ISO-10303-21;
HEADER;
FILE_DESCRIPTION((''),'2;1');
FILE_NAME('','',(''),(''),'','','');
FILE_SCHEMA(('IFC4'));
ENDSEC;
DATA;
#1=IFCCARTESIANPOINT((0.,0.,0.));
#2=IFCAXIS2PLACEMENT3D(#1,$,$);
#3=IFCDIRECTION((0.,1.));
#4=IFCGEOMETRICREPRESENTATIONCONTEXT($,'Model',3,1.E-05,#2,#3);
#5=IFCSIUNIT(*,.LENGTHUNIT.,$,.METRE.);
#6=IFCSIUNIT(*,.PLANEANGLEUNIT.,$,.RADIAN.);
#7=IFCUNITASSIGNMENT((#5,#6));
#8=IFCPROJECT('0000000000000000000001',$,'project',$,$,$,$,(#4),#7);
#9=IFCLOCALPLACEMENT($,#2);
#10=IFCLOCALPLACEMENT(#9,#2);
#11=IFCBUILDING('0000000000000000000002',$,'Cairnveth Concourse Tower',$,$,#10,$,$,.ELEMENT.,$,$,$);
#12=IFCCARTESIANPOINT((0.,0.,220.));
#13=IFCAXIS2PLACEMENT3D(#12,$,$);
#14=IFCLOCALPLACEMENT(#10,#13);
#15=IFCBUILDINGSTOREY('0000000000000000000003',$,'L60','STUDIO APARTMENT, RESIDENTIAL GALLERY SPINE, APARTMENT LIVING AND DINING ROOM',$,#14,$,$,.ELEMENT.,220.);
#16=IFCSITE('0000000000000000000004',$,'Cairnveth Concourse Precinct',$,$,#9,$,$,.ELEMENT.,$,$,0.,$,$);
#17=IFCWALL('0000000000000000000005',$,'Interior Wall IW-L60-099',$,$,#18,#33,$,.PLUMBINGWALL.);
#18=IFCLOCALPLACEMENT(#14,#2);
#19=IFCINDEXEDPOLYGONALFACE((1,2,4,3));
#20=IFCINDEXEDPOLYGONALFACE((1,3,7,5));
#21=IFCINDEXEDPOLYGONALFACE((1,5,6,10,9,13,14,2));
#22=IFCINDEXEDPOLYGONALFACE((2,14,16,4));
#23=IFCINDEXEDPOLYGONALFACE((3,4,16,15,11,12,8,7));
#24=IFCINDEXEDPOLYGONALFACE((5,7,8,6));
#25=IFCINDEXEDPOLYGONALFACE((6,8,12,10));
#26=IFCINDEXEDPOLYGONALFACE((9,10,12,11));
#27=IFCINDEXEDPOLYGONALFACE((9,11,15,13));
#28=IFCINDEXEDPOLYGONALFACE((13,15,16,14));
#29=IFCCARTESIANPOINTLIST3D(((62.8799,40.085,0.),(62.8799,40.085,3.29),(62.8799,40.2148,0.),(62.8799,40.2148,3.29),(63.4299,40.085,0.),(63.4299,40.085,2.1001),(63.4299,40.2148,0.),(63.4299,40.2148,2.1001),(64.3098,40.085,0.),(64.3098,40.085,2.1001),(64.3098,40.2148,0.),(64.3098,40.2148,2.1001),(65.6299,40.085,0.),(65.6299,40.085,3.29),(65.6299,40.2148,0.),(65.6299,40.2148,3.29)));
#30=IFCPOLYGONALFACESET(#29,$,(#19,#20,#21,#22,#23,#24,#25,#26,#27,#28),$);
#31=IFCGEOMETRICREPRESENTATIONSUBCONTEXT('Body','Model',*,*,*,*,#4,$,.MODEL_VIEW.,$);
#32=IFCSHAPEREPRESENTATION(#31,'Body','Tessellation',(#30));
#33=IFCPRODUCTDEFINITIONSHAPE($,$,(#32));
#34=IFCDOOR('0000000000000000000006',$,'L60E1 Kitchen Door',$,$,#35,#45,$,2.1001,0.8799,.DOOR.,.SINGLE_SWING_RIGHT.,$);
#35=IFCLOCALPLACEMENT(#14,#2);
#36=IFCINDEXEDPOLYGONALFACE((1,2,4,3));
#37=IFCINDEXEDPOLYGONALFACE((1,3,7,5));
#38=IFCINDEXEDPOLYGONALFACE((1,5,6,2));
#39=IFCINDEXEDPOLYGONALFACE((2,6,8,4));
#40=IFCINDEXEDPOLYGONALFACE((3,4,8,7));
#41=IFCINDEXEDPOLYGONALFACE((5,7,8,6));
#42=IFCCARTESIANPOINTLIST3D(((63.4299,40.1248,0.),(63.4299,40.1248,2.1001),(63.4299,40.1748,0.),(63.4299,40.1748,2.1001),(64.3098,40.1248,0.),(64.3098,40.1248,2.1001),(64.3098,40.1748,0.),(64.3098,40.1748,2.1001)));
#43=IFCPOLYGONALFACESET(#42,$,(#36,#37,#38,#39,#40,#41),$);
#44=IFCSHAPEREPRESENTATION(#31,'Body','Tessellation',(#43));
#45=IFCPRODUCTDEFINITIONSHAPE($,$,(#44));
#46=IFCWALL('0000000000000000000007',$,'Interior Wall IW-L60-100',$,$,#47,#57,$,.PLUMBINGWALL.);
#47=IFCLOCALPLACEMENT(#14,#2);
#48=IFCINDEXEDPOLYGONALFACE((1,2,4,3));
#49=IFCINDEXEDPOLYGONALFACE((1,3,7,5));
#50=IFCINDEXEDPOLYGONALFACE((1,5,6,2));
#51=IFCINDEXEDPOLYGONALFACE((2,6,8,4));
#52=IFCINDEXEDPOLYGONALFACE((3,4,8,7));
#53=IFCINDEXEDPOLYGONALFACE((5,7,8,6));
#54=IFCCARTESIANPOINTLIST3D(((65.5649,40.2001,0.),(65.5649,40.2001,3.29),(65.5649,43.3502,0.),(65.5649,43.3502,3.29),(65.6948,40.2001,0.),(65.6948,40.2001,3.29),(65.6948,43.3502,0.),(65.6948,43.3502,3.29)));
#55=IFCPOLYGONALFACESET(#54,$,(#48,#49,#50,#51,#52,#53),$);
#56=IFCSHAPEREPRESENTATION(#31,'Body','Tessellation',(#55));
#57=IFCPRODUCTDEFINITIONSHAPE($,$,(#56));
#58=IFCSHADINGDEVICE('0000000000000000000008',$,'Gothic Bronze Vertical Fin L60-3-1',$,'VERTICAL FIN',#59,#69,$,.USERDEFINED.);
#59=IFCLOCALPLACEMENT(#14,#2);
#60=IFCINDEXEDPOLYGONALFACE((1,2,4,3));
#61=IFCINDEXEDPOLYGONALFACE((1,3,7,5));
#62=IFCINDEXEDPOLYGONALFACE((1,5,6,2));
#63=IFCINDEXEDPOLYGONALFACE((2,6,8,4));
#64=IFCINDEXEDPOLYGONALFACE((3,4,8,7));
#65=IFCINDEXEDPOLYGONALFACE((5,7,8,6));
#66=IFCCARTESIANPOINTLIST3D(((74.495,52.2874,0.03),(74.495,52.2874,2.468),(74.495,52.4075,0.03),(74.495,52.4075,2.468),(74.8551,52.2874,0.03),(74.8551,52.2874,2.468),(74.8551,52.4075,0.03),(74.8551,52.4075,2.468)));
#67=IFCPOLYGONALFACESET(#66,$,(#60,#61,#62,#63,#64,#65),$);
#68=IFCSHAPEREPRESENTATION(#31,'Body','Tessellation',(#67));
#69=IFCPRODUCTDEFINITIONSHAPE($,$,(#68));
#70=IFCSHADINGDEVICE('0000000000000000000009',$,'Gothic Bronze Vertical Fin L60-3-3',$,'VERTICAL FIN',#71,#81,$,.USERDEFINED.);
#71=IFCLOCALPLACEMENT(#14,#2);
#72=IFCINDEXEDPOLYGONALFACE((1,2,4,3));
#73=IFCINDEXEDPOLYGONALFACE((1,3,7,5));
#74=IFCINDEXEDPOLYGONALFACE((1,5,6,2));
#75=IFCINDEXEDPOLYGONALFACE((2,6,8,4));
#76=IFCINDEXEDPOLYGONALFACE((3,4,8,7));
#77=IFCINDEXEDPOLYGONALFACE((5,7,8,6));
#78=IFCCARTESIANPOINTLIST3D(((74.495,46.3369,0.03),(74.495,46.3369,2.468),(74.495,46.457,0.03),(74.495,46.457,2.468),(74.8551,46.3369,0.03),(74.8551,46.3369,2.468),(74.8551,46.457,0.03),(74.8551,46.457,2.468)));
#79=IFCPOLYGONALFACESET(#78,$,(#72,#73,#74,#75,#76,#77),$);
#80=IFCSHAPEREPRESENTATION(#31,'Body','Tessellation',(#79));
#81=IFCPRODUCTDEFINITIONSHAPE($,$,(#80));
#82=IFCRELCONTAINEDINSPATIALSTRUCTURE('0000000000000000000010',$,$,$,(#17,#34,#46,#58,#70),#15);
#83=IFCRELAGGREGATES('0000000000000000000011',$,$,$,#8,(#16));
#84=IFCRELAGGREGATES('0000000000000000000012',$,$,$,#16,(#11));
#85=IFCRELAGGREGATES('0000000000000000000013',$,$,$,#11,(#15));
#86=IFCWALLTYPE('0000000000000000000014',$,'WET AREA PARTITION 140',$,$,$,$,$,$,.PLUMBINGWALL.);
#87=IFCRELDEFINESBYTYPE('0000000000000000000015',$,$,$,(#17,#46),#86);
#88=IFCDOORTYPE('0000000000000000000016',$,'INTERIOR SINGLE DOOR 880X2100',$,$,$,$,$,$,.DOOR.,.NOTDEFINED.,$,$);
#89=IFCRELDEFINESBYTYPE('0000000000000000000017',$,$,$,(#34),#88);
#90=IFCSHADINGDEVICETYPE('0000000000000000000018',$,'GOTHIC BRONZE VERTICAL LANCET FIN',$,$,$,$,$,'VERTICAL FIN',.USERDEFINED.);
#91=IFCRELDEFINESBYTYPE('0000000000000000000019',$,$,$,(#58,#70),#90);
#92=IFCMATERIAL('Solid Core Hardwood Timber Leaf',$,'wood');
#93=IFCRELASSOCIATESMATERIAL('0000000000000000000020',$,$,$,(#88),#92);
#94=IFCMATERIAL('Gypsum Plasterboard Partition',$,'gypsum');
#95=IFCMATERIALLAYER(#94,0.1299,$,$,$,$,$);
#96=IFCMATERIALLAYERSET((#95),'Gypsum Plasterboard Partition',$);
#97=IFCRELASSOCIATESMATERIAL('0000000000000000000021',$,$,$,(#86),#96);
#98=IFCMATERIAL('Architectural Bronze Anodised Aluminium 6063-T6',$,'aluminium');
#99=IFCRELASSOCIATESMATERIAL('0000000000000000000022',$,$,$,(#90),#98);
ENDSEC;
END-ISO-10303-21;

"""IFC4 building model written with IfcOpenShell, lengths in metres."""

from ifc_helpers import new_model, si_unit, direction, frame, frame_2d, origin, origin_2d, place, context, subcontext, project, spatial, rectangle, extrude, material, layer, layer_set, type_object, element, fill, save


model = new_model("IFC4")

# Units and contexts
model_context = context("Model", 3, precision=1e-05, world=origin(), true_north=direction((0.0, 1.0)))
body_context = subcontext(model_context, "Body", "Model", "MODEL_VIEW")
ifc_project = project(units=[si_unit("LENGTHUNIT", "METRE"), si_unit("PLANEANGLEUNIT", "RADIAN")], contexts=[model_context])

# Site, building, storey
site_placement = place(None, origin())
site = spatial("IfcSite", under=ifc_project, at=site_placement, Name="Cairnveth Concourse Precinct", CompositionType="ELEMENT", RefElevation=0.0)
building_placement = place(site_placement, origin())
building = spatial("IfcBuilding", under=site, at=building_placement, Name="Cairnveth Concourse Tower", CompositionType="ELEMENT")
storey_placement = place(building_placement, frame((0.0, 0.0, 220.0)))
storey = spatial("IfcBuildingStorey", under=building, at=storey_placement, Name="L60", Description="STUDIO APARTMENT, RESIDENTIAL GALLERY SPINE, APARTMENT LIVING AND DINING ROOM", CompositionType="ELEMENT", Elevation=220.0)

# Shared definitions
ifc_material_1 = material(Name="Gypsum Plasterboard Partition", Category="gypsum")

# Shared definitions
ifc_material_2 = material(Name="Solid Core Hardwood Timber Leaf", Category="wood")
door_type_1 = type_object("IfcDoorType", Name="INTERIOR SINGLE DOOR 880X2100", OperationType="NOTDEFINED", PredefinedType="DOOR", material=ifc_material_2)

# Shared definitions
ifc_layer_1 = layer(ifc_material_1, 0.1299)
ifc_layer_set_1 = layer_set([ifc_layer_1], Name="Gypsum Plasterboard Partition")
wall_type_1 = type_object("IfcWallType", Name="WET AREA PARTITION 140", PredefinedType="PLUMBINGWALL", material=ifc_layer_set_1)

# Wall, opening, door
wall_1_placement = place(storey_placement, frame((62.8799, 40.1499, 0.0), z_axis=(0.0, 0.0, 1.0), x_axis=(1.0, 0.0, 0.0)))
wall_1 = element("IfcWall", 1, at=wall_1_placement, inside=storey, type_object=wall_type_1, Name="Interior Wall IW-L60-099", PredefinedType="PLUMBINGWALL", context=body_context, shape_type="SweptSolid", body=[
    extrude(rectangle(XDim=2.75, YDim=0.1299, at=frame_2d((1.375, 0.0))), origin(), (0.0, 0.0, 1.0), 3.29),
])
opening_1_placement = place(wall_1_placement, frame((0.55, 0.0, 0.0)))
opening_1 = element("IfcOpeningElement", 2, at=opening_1_placement, cuts=wall_1, PredefinedType="OPENING", context=body_context, shape_type="SweptSolid", body=[
    extrude(rectangle(XDim=0.8799, YDim=2.1001, at=frame_2d((0.4399, 1.05))), frame((0.0, 0.075, 0.0), z_axis=(0.0, -1.0, 0.0), x_axis=(1.0, 0.0, 0.0)), (0.0, 0.0, 1.0), 0.1499),
])
door_1_placement = place(opening_1_placement, origin())
door_1 = element("IfcDoor", 3, at=door_1_placement, inside=storey, type_object=door_type_1, Name="L60E1 Kitchen Door", OperationType="SINGLE_SWING_RIGHT", OverallHeight=2.1001, OverallWidth=0.8799, PredefinedType="DOOR", context=body_context, shape_type="SweptSolid", body=[
    extrude(rectangle(XDim=0.8799, YDim=2.1001, at=frame_2d((0.4399, 1.05))), frame((0.0, 0.0249, 0.0), z_axis=(0.0, -1.0, 0.0), x_axis=(1.0, 0.0, 0.0)), (0.0, 0.0, 1.0), 0.05),
])
fill(opening_1, door_1)

# Wall
wall_2_placement = place(storey_placement, frame((65.6299, 40.2, 0.0), z_axis=(0.0, 0.0, 1.0), x_axis=(0.0, 1.0, 0.0)))
element("IfcWall", 4, at=wall_2_placement, inside=storey, type_object=wall_type_1, Name="Interior Wall IW-L60-100", PredefinedType="PLUMBINGWALL", context=body_context, shape_type="SweptSolid", body=[
    extrude(rectangle(XDim=3.1501, YDim=0.1299, at=frame_2d((1.5752, 0.0))), origin(), (0.0, 0.0, 1.0), 3.29),
])

# Shading devices
ifc_material_3 = material(Name="Architectural Bronze Anodised Aluminium 6063-T6", Category="aluminium")
shading_device_type = type_object("IfcShadingDeviceType", Name="GOTHIC BRONZE VERTICAL LANCET FIN", ElementType="VERTICAL FIN", PredefinedType="USERDEFINED", material=ifc_material_3)
for number, where, z_axis, x_axis, name in (
    (5, (74.675, 52.3474, 0.03), (0.0, 0.0, 1.0), (0.0, 1.0, 0.0), "Gothic Bronze Vertical Fin L60-3-1"),
    (6, (74.675, 46.397, 0.03), (0.0, 0.0, 1.0), (0.0, 1.0, 0.0), "Gothic Bronze Vertical Fin L60-3-3"),
):
    element("IfcShadingDevice", number, at=place(storey_placement, frame(where, z_axis=z_axis, x_axis=x_axis)), inside=storey, type_object=shading_device_type, Name=name, ObjectType="VERTICAL FIN", PredefinedType="USERDEFINED", context=body_context, shape_type="SweptSolid", body=[
        extrude(rectangle(XDim=0.1201, YDim=0.3601, at=origin_2d()), origin(), (0.0, 0.0, 1.0), 2.438),
    ])

save(model, "model.ifc")
